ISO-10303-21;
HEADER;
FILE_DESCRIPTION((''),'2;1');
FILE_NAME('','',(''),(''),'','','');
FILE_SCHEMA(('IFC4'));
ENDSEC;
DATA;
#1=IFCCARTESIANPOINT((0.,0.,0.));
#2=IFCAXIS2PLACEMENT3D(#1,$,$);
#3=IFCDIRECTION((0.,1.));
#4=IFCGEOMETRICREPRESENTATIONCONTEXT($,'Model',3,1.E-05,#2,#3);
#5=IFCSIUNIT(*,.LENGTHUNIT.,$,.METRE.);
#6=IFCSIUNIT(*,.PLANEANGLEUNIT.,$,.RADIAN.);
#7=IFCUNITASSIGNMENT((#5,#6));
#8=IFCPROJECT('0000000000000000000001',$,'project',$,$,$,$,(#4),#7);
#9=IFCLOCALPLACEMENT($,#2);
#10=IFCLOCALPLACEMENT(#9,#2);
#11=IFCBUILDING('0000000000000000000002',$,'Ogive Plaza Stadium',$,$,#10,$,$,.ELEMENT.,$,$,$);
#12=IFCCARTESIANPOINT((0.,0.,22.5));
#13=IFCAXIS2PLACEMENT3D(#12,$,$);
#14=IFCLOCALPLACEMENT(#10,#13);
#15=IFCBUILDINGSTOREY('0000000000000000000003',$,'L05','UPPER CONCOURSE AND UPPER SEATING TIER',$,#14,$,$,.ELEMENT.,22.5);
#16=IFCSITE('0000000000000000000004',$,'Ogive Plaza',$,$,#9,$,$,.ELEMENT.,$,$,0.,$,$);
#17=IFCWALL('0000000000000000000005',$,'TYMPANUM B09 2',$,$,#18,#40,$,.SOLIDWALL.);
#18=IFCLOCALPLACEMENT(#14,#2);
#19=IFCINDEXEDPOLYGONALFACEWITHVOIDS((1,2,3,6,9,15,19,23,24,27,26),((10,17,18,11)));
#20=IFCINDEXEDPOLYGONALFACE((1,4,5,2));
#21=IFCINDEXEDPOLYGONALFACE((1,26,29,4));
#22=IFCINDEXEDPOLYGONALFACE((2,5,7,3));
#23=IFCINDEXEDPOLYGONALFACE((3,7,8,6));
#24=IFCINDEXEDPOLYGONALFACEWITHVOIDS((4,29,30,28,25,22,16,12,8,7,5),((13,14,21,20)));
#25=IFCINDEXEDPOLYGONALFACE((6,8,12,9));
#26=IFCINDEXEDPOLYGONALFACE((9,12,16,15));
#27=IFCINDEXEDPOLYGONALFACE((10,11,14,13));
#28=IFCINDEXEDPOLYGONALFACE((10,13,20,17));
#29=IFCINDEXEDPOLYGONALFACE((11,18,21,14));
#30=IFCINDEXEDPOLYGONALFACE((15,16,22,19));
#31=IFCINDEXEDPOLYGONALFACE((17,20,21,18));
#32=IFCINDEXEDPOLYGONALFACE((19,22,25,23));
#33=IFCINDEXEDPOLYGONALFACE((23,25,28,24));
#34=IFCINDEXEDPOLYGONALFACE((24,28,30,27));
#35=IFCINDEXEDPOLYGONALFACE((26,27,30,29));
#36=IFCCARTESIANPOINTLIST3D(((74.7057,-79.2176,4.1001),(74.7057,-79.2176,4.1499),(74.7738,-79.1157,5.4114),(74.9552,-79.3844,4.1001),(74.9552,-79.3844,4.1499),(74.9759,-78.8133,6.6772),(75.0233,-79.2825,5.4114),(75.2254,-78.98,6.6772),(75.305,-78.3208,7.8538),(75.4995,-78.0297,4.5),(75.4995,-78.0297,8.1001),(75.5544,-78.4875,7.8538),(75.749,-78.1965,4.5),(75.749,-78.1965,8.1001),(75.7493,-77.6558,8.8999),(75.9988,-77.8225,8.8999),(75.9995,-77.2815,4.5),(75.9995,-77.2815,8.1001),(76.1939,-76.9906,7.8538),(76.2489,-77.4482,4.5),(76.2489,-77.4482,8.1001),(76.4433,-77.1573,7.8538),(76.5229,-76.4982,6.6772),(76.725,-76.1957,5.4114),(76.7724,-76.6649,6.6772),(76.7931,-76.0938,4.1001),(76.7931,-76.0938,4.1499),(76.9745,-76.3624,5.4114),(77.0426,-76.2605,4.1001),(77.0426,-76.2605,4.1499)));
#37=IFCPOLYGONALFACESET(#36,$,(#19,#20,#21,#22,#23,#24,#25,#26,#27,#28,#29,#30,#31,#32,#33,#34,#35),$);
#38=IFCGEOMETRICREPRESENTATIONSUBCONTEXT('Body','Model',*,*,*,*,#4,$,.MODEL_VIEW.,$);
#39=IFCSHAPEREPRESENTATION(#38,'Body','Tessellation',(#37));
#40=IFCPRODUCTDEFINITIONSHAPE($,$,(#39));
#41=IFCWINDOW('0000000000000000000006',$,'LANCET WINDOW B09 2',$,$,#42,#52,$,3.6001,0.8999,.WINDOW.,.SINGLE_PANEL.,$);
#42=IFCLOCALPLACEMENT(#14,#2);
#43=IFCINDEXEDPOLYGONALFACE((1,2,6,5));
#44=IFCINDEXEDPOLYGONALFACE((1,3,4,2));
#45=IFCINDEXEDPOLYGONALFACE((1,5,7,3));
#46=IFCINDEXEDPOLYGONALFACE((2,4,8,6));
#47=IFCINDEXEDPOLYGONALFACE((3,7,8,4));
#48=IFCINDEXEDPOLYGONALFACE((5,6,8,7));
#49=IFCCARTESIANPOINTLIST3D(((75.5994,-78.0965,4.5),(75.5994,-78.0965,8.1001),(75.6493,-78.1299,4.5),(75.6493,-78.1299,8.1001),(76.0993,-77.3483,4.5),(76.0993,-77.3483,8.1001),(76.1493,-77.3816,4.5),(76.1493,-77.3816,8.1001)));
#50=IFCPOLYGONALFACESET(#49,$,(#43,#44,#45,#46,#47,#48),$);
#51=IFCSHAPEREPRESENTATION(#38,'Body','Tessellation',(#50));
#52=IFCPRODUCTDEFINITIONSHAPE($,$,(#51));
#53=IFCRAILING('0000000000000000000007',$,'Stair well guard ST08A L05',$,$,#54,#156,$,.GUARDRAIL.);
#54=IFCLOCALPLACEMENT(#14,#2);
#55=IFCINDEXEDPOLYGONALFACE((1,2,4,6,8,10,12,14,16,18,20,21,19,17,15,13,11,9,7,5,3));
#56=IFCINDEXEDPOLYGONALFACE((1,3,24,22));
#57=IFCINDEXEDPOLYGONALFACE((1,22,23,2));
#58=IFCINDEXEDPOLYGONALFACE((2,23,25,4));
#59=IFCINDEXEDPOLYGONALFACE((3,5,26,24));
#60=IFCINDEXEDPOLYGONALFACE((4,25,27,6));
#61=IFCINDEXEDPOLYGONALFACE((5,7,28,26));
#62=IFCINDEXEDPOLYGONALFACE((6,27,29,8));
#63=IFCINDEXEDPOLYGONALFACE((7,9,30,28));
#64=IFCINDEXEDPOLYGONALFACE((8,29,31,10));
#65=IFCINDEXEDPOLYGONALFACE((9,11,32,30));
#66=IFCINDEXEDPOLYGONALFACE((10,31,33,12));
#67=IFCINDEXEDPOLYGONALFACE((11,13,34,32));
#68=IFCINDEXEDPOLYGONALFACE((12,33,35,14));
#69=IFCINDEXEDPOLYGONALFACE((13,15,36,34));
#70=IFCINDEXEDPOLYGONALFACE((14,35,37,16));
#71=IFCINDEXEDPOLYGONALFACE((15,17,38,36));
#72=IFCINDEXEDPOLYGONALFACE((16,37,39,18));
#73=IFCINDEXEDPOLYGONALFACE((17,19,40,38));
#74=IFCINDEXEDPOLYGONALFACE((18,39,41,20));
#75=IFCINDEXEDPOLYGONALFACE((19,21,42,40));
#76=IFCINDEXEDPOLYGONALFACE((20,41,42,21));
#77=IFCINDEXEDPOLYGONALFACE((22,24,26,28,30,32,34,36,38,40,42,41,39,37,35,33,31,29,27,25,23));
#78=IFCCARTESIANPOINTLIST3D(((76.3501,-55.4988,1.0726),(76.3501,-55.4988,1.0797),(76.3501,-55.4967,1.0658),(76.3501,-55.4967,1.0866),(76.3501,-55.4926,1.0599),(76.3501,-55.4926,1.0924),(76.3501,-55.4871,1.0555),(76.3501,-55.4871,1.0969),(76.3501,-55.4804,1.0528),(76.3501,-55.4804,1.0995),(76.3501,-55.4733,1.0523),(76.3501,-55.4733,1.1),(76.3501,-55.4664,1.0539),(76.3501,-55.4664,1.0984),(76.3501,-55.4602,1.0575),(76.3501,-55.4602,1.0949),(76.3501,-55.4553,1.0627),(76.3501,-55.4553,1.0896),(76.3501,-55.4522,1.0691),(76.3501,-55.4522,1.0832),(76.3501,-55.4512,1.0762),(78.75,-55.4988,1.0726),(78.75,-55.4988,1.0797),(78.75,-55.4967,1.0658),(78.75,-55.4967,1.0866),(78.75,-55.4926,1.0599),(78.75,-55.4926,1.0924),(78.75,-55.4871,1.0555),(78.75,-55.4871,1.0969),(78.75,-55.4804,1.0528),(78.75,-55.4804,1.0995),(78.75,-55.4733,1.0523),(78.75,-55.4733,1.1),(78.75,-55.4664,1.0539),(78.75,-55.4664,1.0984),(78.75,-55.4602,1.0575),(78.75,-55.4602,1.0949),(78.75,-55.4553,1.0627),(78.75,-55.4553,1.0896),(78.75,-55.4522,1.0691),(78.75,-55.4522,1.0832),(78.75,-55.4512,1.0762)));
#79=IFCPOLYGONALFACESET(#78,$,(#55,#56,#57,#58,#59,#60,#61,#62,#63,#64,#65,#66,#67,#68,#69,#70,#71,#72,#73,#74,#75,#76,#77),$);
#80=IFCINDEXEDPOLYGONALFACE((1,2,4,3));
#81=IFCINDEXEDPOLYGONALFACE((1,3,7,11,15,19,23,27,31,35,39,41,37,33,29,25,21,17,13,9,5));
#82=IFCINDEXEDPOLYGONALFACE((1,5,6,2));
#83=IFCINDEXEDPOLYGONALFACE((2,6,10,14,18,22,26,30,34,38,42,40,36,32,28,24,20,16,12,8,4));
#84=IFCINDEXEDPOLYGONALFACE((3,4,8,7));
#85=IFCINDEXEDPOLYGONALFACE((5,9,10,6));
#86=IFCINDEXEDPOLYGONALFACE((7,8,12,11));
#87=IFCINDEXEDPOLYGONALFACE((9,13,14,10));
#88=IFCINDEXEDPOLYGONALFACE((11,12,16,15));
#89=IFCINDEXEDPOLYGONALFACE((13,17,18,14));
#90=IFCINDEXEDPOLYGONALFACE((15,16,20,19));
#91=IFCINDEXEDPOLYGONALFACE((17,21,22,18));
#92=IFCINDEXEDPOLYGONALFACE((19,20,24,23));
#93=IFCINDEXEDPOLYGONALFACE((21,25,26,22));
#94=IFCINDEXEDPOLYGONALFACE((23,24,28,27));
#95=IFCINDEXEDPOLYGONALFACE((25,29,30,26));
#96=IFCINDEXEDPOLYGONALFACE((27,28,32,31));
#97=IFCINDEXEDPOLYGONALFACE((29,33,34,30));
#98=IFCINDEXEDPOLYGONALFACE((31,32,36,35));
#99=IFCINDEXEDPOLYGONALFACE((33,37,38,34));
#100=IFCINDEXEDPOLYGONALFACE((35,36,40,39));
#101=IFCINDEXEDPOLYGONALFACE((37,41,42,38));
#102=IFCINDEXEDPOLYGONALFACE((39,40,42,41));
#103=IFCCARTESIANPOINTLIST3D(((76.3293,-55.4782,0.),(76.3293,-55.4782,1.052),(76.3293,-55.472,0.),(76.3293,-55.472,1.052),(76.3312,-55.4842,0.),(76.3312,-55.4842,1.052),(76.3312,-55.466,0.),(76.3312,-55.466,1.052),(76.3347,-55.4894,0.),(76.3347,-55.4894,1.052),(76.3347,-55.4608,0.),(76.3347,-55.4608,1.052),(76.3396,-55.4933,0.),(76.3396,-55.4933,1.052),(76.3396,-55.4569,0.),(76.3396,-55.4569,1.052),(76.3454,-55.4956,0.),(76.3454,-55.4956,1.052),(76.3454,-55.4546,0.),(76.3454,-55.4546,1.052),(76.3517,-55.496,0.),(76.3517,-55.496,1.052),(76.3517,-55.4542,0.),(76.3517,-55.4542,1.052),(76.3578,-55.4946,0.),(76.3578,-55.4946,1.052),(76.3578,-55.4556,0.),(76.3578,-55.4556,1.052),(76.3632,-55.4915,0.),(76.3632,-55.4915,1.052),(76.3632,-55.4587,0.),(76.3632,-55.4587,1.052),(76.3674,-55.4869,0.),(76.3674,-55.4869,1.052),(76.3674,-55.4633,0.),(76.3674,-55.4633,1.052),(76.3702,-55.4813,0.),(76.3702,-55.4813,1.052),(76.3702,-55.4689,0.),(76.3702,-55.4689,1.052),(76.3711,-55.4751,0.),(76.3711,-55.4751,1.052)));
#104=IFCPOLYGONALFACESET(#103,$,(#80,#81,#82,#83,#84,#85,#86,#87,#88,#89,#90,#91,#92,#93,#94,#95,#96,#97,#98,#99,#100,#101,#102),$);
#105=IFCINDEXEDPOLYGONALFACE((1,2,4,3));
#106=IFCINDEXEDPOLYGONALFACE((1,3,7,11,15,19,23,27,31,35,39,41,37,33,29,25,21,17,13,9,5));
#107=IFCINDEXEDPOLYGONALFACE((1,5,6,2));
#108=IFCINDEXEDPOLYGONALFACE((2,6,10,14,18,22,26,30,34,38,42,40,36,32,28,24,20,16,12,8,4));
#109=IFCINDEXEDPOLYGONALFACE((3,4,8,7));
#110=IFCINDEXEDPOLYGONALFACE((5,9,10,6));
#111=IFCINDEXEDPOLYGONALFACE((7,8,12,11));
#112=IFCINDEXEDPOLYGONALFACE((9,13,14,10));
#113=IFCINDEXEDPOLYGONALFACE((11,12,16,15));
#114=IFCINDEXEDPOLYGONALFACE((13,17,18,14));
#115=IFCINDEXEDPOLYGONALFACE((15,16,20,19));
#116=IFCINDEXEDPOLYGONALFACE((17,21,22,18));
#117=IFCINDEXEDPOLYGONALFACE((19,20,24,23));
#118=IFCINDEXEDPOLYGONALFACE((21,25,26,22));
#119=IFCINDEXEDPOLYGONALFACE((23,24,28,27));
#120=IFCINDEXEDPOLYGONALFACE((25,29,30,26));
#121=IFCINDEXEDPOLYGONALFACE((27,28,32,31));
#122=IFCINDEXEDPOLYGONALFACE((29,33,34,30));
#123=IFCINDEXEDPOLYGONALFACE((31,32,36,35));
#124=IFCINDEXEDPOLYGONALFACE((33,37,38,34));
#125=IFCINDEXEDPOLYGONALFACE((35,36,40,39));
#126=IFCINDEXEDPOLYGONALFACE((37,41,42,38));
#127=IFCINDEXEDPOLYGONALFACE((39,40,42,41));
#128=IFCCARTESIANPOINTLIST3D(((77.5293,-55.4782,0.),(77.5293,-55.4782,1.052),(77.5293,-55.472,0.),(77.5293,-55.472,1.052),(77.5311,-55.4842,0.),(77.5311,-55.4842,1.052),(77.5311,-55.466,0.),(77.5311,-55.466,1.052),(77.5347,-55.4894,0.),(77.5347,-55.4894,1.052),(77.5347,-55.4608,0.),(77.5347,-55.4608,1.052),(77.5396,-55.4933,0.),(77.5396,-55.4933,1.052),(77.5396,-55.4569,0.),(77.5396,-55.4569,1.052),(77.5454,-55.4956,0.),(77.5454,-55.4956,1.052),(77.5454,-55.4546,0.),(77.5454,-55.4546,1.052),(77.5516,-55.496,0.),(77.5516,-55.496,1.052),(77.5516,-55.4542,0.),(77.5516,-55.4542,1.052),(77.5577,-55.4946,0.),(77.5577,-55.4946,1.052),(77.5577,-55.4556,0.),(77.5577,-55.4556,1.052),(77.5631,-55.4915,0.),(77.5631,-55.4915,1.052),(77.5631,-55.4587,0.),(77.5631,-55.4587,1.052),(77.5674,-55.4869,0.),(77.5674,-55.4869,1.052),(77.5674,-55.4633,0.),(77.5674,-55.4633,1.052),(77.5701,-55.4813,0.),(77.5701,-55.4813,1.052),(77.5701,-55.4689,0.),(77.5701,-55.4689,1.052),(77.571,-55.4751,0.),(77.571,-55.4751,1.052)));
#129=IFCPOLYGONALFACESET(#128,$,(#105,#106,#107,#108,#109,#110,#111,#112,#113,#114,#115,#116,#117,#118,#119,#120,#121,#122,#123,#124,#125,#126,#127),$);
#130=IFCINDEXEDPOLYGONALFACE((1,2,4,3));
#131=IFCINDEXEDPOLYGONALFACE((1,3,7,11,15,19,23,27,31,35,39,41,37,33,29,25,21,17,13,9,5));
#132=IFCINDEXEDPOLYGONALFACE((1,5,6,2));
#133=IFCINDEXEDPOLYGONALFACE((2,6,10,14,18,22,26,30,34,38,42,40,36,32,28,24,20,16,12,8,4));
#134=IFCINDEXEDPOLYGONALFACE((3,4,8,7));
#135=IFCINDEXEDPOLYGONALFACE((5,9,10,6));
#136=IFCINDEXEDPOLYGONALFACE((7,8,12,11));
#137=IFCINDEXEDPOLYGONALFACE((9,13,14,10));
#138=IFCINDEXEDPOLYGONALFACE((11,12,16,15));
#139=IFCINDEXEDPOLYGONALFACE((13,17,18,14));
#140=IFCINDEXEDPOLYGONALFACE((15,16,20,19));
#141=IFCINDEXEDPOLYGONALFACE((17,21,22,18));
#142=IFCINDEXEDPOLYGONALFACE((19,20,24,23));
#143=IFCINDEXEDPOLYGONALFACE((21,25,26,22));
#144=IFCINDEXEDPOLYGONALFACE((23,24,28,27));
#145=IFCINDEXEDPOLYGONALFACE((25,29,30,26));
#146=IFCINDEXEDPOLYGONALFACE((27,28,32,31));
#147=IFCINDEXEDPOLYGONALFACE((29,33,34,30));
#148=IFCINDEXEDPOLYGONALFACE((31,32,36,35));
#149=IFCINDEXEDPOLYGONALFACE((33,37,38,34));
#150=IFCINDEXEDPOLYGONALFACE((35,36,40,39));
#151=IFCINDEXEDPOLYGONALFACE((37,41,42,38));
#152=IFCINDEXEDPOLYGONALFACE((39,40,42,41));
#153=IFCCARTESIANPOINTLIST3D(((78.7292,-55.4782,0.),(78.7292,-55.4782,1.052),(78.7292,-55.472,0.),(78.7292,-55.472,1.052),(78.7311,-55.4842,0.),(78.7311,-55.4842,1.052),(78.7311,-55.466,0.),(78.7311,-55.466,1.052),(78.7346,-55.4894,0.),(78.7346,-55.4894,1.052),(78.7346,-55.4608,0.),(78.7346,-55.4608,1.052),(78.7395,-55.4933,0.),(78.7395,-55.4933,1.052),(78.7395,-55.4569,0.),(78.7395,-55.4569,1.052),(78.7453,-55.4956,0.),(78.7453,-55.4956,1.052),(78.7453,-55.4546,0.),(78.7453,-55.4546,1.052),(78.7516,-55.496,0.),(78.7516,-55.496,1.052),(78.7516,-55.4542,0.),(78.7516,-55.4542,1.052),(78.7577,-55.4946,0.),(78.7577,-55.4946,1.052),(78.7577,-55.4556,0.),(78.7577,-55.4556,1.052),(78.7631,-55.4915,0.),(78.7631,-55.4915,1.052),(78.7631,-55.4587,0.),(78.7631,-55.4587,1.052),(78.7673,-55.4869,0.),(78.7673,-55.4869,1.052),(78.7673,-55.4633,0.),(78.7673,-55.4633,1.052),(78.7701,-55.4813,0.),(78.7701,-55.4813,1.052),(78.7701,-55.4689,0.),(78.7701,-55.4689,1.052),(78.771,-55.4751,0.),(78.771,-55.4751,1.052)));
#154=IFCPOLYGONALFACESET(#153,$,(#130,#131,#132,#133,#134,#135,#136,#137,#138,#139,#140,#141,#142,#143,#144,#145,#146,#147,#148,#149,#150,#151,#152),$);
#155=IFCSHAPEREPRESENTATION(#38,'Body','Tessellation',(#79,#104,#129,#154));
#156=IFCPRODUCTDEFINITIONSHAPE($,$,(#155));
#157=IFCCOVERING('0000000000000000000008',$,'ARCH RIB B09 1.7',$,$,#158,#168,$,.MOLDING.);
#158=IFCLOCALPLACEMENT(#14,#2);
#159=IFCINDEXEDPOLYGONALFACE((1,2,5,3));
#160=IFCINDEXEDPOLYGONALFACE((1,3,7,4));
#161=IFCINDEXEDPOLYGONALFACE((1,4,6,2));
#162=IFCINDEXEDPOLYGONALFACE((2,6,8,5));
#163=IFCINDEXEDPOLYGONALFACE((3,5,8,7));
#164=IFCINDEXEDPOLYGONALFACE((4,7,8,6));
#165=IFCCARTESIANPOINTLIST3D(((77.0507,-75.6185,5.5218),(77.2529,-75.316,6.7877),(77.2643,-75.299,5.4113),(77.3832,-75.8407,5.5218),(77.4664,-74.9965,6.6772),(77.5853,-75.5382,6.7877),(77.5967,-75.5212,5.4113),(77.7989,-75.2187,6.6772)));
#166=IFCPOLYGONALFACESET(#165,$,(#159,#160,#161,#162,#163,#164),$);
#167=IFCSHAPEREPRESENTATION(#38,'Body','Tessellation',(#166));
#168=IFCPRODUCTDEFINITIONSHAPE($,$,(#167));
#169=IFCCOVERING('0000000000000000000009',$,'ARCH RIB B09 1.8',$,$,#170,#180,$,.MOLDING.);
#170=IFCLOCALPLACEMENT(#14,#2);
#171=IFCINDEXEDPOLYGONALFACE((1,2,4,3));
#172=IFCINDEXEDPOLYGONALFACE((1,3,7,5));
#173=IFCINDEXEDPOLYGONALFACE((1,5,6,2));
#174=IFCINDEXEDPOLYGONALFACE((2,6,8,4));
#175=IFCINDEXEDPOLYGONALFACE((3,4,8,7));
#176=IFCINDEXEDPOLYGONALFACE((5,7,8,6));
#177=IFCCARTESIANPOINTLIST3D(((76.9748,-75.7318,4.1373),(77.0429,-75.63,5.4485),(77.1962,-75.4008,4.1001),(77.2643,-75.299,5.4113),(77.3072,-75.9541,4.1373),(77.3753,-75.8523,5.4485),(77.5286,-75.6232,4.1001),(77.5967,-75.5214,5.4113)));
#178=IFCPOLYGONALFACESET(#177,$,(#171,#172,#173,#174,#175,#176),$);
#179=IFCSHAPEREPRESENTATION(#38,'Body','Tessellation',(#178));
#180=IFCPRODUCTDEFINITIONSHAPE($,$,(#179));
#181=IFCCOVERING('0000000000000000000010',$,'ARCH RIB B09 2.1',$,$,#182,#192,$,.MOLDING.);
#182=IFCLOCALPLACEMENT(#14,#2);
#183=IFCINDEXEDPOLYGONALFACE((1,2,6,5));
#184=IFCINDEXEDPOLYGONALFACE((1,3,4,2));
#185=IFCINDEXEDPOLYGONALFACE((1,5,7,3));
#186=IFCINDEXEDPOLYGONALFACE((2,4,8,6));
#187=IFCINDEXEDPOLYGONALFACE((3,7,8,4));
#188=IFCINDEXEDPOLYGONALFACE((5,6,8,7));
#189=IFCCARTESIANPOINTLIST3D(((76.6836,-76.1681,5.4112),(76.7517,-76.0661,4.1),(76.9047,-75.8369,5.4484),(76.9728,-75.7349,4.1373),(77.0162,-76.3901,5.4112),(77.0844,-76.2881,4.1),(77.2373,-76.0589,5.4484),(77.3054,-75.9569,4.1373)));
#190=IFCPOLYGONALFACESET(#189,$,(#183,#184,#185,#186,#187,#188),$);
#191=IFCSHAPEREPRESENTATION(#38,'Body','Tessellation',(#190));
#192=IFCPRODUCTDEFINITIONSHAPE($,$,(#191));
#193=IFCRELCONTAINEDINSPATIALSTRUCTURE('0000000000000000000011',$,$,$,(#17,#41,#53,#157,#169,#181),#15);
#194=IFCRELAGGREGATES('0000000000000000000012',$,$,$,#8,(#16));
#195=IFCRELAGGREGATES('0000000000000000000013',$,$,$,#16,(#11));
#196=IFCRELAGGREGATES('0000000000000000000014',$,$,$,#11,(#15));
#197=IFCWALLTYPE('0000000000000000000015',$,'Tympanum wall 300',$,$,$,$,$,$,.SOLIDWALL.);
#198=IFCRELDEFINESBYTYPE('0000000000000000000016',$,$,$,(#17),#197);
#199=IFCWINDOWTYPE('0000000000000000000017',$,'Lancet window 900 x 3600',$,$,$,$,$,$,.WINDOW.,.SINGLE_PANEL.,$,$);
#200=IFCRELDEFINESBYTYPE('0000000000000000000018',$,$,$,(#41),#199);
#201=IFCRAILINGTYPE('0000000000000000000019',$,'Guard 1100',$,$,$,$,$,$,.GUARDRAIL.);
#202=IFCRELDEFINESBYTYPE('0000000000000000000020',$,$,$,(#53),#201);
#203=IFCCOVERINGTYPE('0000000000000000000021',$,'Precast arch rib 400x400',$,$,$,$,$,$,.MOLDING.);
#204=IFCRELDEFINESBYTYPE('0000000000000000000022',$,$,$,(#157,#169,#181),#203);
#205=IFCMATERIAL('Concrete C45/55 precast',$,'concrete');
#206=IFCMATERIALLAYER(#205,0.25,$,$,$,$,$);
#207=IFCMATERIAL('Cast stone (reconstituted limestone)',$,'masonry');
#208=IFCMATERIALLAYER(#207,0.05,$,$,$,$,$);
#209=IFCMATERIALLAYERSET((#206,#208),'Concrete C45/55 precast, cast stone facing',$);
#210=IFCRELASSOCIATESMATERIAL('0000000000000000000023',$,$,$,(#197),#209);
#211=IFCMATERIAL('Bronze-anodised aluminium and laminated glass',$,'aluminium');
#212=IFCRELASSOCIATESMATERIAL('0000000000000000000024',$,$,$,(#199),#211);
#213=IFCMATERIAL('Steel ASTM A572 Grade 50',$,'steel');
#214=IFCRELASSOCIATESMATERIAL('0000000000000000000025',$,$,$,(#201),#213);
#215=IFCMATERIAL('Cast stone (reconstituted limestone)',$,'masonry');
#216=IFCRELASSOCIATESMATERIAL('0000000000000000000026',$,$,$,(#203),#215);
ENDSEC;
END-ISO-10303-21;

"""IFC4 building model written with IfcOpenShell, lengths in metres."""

from ifc_helpers import new_model, si_unit, direction, frame, frame_2d, origin, origin_2d, place, context, subcontext, project, spatial, polyline, rectangle, circle, outline, extrude, material, layer, layer_set, material_profile, profile_set, type_object, element, fill, save


model = new_model("IFC4")

# Units and contexts
model_context = context("Model", 3, precision=1e-05, world=origin(), true_north=direction((0.0, 1.0)))
body_context = subcontext(model_context, "Body", "Model", "MODEL_VIEW")
ifc_project = project(units=[si_unit("LENGTHUNIT", "METRE"), si_unit("PLANEANGLEUNIT", "RADIAN")], contexts=[model_context])

# Site, building, storey
site_placement = place(None, origin())
site = spatial("IfcSite", under=ifc_project, at=site_placement, Name="Ogive Plaza", CompositionType="ELEMENT", RefElevation=0.0)
building_placement = place(site_placement, origin())
building = spatial("IfcBuilding", under=site, at=building_placement, Name="Ogive Plaza Stadium", CompositionType="ELEMENT")
storey_placement = place(building_placement, frame((0.0, 0.0, 22.5)))
storey = spatial("IfcBuildingStorey", under=building, at=storey_placement, Name="L05", Description="UPPER CONCOURSE AND UPPER SEATING TIER", CompositionType="ELEMENT", Elevation=22.5)

# Wall, opening, window
ifc_material_1 = material(Name="Concrete C45/55 precast", Category="concrete")
ifc_layer_1 = layer(ifc_material_1, 0.25)
ifc_material_2 = material(Name="Cast stone (reconstituted limestone)", Category="masonry")
ifc_layer_2 = layer(ifc_material_2, 0.05)
ifc_layer_set_1 = layer_set([ifc_layer_1, ifc_layer_2], Name="Concrete C45/55 precast, cast stone facing")
wall_type_1 = type_object("IfcWallType", Name="Tympanum wall 300", PredefinedType="SOLIDWALL", material=ifc_layer_set_1)
wall_1_placement = place(storey_placement, frame((76.918, -76.1772, 4.1001), z_axis=(0.0, 0.0, 1.0), x_axis=(-0.5556, -0.83145, 0.0)))
wall_1 = element("IfcWall", 1, at=wall_1_placement, inside=storey, type_object=wall_type_1, Name="TYMPANUM B09 2", PredefinedType="SOLIDWALL", context=body_context, shape_type="SweptSolid", body=[
    extrude(outline(polyline([(0.0, 0.0), (3.7571, 0.0), (3.7571, 0.0498), (3.6345, 1.3113), (3.2708, 2.5771), (2.6785, 3.7537), (1.8787, 4.7998), (1.0786, 3.7537), (0.4863, 2.5771), (0.1226, 1.3113), (0.0, 0.0498), (0.0, 0.0)])), frame((0.0, 0.1499, 0.0), z_axis=(0.0, -1.0, 0.0), x_axis=(1.0, 0.0, 0.0)), (0.0, 0.0, 1.0), 0.3),
])
opening_1_placement = place(wall_1_placement, frame((1.4285, 0.0, 0.3999)))
opening_1 = element("IfcOpeningElement", 2, at=opening_1_placement, cuts=wall_1, PredefinedType="OPENING", context=body_context, shape_type="SweptSolid", body=[
    extrude(rectangle(XDim=0.8999, YDim=3.6001, at=frame_2d((0.45, 1.8))), frame((0.0, 0.1602, 0.0), z_axis=(0.0, -1.0, 0.0), x_axis=(1.0, 0.0, 0.0)), (0.0, 0.0, 1.0), 0.3201),
])
ifc_material_3 = material(Name="Bronze-anodised aluminium and laminated glass", Category="aluminium")
window_type = type_object("IfcWindowType", Name="Lancet window 900 x 3600", PartitioningType="SINGLE_PANEL", PredefinedType="WINDOW", material=ifc_material_3)
window_placement = place(opening_1_placement, origin())
window = element("IfcWindow", 3, at=window_placement, inside=storey, type_object=window_type, Name="LANCET WINDOW B09 2", OverallHeight=3.6001, OverallWidth=0.8999, PartitioningType="SINGLE_PANEL", PredefinedType="WINDOW", context=body_context, shape_type="SweptSolid", body=[
    extrude(rectangle(XDim=0.8999, YDim=3.6001, at=frame_2d((0.45, 1.8))), frame((0.0, 0.03, 0.0), z_axis=(0.0, -1.0, 0.0), x_axis=(1.0, 0.0, 0.0)), (0.0, 0.0, 1.0), 0.0601),
])
fill(opening_1, window)

# Railing
ifc_material_4 = material(Name="Steel ASTM A572 Grade 50", Category="steel")
railing_type = type_object("IfcRailingType", Name="Guard 1100", PredefinedType="GUARDRAIL", material=ifc_material_4)
railing_placement = place(storey_placement, frame((76.3501, -55.4751, 0.0)))
element("IfcRailing", 4, at=railing_placement, inside=storey, type_object=railing_type, Name="Stair well guard ST08A L05", PredefinedType="GUARDRAIL", context=body_context, shape_type="SweptSolid", body=[
    extrude(circle(Radius=0.0239, at=origin_2d()), frame((0.0, 0.0, 1.0762), z_axis=(1.0, 0.0, 0.0), x_axis=(0.0, 1.0, 0.0)), (0.0, 0.0, 1.0), 2.3999),
    extrude(circle(Radius=0.021, at=origin_2d()), origin(), (0.0, 0.0, 1.0), 1.052),
    extrude(circle(Radius=0.021, at=origin_2d()), frame((1.2, 0.0, 0.0)), (0.0, 0.0, 1.0), 1.052),
    extrude(circle(Radius=0.021, at=origin_2d()), frame((2.3999, 0.0, 0.0)), (0.0, 0.0, 1.0), 1.052),
])

# Coverings
ifc_material_5 = material(Name="Cast stone (reconstituted limestone)", Category="masonry")
ifc_material_profile_1 = material_profile(ifc_material_5, rectangle(XDim=0.3999, YDim=0.3999, at=origin_2d()), Name="Cast stone 400x400")
ifc_profile_set_1 = profile_set([ifc_material_profile_1], Name="Cast stone (reconstituted limestone)")
covering_type_1 = type_object("IfcCoveringType", Name="Precast arch rib 400x400", PredefinedType="MOLDING", material=ifc_profile_set_1)
covering_1_placement = place(storey_placement, frame((77.5259, -75.2673, 6.7324), z_axis=(-0.153478, -0.229661, -0.961093), x_axis=(0.83143, -0.555629, 0.0)))
element("IfcCovering", 5, at=covering_1_placement, inside=storey, type_object=covering_type_1, Name="ARCH RIB B09 1.7", PredefinedType="MOLDING", context=body_context, shape_type="SweptSolid", body=[
    extrude(rectangle(XDim=0.3999, YDim=0.3999, at=origin_2d()), origin(), (0.0, 0.0, 1.0), 1.3171),
])
for number, where, z_axis, x_axis, name in (
    (6, (77.3198, -75.5757, 5.4299), (-0.05172, -0.077303, -0.995665), (0.831129, -0.556079, 0.0), "ARCH RIB B09 1.8"),
    (7, (77.0286, -76.0115, 4.1187), (-0.05172, -0.077487, 0.995651), (0.831744, -0.555159, 0.0), "ARCH RIB B09 2.1"),
):
    element("IfcCovering", number, at=place(storey_placement, frame(where, z_axis=z_axis, x_axis=x_axis)), inside=storey, type_object=covering_type_1, Name=name, PredefinedType="MOLDING", context=body_context, shape_type="SweptSolid", body=[
        extrude(rectangle(XDim=0.3999, YDim=0.3999, at=origin_2d()), origin(), (0.0, 0.0, 1.0), 1.3169),
    ])

save(model, "model.ifc")
